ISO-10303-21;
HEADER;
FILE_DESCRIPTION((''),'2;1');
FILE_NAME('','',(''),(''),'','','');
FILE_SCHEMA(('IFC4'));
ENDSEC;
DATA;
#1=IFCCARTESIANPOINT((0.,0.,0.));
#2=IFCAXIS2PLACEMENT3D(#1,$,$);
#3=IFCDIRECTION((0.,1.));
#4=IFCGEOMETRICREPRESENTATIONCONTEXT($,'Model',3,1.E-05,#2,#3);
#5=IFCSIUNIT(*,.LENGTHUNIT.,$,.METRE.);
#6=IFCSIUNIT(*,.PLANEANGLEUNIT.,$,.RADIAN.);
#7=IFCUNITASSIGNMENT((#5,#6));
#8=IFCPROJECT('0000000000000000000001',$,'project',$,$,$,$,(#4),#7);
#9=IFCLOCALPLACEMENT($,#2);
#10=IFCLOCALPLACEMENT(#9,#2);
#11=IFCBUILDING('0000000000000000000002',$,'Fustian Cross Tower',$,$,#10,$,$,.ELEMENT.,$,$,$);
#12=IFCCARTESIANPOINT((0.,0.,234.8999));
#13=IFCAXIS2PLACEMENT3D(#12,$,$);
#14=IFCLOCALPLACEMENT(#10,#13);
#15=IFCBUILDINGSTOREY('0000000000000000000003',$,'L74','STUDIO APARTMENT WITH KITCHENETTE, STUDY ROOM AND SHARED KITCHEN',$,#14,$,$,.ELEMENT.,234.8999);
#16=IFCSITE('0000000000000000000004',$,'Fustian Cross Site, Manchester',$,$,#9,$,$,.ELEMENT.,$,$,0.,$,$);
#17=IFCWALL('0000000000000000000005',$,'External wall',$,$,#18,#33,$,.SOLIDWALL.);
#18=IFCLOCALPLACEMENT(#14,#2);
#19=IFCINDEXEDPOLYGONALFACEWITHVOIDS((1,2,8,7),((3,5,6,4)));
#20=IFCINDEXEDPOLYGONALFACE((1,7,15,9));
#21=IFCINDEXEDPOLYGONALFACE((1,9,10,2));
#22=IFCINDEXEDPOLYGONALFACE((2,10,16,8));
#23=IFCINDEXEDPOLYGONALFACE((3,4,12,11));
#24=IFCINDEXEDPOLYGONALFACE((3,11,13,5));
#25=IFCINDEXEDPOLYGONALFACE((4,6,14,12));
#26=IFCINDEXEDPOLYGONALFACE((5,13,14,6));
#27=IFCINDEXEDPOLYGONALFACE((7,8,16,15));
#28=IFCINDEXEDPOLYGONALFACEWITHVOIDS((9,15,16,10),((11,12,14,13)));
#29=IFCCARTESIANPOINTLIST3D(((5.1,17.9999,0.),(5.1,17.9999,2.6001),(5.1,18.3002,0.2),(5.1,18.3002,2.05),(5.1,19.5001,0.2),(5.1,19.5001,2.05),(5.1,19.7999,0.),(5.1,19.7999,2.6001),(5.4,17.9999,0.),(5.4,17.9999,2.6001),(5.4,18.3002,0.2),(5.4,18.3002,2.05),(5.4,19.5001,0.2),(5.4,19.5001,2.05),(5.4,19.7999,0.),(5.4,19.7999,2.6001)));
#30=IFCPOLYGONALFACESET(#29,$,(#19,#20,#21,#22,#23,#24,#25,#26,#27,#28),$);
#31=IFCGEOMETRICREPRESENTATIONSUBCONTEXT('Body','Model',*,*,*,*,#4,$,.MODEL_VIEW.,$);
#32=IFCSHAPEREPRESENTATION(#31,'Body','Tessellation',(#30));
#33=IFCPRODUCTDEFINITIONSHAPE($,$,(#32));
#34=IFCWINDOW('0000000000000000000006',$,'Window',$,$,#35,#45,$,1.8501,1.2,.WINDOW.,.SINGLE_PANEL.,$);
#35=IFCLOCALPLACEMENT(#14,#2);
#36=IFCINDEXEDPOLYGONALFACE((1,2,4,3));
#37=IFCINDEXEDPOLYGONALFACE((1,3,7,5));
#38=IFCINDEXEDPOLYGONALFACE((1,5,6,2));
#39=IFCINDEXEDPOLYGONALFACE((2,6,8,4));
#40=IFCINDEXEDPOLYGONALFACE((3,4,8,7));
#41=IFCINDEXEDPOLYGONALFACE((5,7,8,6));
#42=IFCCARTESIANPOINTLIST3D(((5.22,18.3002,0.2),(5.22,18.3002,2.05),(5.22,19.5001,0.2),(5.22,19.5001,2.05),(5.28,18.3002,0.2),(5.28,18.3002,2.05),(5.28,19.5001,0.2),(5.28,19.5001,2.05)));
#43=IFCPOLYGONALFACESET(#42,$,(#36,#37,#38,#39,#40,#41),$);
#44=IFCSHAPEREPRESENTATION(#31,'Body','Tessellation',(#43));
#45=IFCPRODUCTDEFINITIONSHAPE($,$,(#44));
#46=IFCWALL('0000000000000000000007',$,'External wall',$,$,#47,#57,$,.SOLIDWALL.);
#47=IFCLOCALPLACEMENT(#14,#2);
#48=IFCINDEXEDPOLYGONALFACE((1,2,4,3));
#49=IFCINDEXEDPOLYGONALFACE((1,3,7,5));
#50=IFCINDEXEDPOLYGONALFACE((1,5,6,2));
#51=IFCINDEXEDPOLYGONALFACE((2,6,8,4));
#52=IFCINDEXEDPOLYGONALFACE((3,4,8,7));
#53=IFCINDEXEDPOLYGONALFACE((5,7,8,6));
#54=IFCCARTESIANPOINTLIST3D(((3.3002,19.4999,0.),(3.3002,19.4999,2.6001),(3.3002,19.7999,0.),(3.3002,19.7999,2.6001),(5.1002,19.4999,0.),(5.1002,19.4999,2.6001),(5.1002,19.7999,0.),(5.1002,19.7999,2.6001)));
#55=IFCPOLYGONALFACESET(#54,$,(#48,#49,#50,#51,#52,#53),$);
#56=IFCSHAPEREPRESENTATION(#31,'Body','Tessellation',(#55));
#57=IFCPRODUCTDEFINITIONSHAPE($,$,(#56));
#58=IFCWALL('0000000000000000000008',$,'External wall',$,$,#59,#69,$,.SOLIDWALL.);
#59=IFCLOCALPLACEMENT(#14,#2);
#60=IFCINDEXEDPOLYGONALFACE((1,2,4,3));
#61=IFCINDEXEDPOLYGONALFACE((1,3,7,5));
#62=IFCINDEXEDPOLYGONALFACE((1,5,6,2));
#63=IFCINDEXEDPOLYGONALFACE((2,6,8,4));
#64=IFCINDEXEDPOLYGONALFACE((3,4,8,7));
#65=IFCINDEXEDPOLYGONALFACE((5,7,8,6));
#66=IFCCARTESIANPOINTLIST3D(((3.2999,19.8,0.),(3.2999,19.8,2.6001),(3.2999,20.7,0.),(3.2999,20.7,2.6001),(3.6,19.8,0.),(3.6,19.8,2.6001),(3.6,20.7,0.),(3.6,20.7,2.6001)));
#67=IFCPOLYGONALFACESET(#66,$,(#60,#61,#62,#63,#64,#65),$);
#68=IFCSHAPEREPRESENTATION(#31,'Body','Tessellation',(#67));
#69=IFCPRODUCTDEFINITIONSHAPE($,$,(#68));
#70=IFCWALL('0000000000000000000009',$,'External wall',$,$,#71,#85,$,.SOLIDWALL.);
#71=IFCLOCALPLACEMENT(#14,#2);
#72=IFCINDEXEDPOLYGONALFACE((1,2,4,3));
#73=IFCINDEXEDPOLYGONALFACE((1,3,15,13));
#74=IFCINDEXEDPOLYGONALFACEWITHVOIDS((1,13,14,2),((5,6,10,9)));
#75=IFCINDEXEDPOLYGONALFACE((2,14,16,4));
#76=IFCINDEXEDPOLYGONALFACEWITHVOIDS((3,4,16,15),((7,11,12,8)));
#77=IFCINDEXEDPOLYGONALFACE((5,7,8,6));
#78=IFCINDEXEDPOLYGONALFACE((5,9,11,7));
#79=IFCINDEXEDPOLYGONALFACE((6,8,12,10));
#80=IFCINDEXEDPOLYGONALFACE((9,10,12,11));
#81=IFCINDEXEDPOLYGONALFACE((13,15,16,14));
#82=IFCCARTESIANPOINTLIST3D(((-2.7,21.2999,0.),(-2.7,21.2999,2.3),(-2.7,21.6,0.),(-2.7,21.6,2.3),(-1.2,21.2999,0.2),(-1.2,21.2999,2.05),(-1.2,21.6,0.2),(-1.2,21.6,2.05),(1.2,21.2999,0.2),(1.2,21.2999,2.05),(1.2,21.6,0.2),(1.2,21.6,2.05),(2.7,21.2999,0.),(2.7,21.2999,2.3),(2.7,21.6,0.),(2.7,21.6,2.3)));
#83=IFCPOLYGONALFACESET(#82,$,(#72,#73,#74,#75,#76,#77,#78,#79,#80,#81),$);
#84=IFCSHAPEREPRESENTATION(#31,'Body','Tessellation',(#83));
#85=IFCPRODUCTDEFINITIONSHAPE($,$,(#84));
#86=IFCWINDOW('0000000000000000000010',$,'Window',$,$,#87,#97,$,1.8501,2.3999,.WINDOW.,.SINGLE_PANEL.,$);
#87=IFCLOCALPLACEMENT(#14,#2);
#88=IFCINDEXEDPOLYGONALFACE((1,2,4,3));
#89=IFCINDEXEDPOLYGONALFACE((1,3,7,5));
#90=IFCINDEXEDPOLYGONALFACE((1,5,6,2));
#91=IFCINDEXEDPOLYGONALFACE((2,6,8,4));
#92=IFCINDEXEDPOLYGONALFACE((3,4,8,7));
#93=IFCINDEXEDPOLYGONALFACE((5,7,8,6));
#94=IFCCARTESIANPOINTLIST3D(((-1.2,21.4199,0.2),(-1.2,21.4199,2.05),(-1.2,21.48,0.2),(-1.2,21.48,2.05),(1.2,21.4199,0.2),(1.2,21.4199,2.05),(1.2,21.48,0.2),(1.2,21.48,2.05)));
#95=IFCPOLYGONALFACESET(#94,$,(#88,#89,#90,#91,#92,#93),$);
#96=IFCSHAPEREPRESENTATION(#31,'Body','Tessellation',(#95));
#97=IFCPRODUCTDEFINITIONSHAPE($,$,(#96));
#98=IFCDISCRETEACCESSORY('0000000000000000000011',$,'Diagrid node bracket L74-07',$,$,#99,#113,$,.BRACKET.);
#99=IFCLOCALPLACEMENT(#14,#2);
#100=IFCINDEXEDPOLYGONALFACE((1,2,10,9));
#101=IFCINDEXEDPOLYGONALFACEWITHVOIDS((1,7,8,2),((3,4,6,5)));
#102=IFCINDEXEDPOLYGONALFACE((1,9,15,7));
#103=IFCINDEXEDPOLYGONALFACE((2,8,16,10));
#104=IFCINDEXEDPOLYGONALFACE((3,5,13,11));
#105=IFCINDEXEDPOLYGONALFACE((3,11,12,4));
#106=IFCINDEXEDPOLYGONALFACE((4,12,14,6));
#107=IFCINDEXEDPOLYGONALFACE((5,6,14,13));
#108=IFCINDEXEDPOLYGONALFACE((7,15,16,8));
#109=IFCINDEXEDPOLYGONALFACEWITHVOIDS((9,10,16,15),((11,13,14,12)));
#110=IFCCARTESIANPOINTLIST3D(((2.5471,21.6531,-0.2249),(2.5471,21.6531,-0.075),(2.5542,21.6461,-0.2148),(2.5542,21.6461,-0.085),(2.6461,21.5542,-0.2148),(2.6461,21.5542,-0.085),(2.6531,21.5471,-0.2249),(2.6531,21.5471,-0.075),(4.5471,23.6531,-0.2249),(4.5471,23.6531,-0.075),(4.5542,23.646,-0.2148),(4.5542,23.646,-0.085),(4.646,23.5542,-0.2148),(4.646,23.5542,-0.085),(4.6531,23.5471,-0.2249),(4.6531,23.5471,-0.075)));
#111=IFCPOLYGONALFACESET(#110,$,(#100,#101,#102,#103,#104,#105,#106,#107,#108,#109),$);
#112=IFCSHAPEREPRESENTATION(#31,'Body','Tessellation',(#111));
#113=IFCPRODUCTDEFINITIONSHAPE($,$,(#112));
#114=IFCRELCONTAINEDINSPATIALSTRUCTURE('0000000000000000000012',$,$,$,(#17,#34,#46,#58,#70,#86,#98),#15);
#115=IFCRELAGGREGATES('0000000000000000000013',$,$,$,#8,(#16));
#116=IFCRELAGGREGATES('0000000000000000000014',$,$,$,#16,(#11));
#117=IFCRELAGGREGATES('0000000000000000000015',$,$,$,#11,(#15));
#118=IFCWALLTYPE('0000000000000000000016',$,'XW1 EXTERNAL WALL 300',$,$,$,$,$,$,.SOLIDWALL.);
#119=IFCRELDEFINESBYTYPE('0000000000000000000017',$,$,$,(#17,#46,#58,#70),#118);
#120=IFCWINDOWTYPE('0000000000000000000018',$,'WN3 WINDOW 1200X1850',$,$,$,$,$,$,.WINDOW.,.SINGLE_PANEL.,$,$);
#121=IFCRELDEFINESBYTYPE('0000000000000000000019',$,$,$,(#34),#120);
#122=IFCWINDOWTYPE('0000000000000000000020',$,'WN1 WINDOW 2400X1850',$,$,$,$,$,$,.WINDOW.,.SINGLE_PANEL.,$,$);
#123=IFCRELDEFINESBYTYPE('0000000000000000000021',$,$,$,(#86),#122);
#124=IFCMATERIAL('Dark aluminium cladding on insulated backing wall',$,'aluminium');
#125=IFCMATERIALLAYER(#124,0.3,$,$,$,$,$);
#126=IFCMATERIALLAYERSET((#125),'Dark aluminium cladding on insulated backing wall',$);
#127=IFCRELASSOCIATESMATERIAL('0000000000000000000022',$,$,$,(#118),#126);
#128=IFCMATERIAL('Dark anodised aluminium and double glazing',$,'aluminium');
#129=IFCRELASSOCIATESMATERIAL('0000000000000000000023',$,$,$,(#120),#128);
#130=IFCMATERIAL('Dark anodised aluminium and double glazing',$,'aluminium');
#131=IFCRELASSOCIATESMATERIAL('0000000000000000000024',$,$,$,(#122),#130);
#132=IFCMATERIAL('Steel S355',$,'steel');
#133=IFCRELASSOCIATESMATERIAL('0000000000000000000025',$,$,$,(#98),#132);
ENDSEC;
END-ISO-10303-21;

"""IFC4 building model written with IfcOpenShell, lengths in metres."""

from ifc_helpers import new_model, si_unit, direction, frame, frame_2d, origin, origin_2d, place, context, subcontext, project, spatial, rectangle, hollow_rectangle, extrude, material, layer, layer_set, type_object, element, fill, save


model = new_model("IFC4")

# Units and contexts
model_context = context("Model", 3, precision=1e-05, world=origin(), true_north=direction((0.0, 1.0)))
body_context = subcontext(model_context, "Body", "Model", "MODEL_VIEW")
ifc_project = project(units=[si_unit("LENGTHUNIT", "METRE"), si_unit("PLANEANGLEUNIT", "RADIAN")], contexts=[model_context])

# Site, building, storey
site_placement = place(None, origin())
site = spatial("IfcSite", under=ifc_project, at=site_placement, Name="Fustian Cross Site, Manchester", CompositionType="ELEMENT", RefElevation=0.0)
building_placement = place(site_placement, origin())
building = spatial("IfcBuilding", under=site, at=building_placement, Name="Fustian Cross Tower", CompositionType="ELEMENT")
storey_placement = place(building_placement, frame((0.0, 0.0, 234.8999)))
storey = spatial("IfcBuildingStorey", under=building, at=storey_placement, Name="L74", Description="STUDIO APARTMENT WITH KITCHENETTE, STUDY ROOM AND SHARED KITCHEN", CompositionType="ELEMENT", Elevation=234.8999)

# Shared definitions
ifc_material_1 = material(Name="Dark aluminium cladding on insulated backing wall", Category="aluminium")
ifc_layer_1 = layer(ifc_material_1, 0.3)
ifc_layer_set_1 = layer_set([ifc_layer_1], Name="Dark aluminium cladding on insulated backing wall")
wall_type_1 = type_object("IfcWallType", Name="XW1 EXTERNAL WALL 300", PredefinedType="SOLIDWALL", material=ifc_layer_set_1)

# Shared definitions
ifc_material_2 = material(Name="Dark anodised aluminium and double glazing", Category="aluminium")
window_type_1 = type_object("IfcWindowType", Name="WN3 WINDOW 1200X1850", PartitioningType="SINGLE_PANEL", PredefinedType="WINDOW", material=ifc_material_2)

# Wall, opening, window
wall_1_placement = place(storey_placement, frame((5.25, 18.0, 0.0), z_axis=(0.0, 0.0, 1.0), x_axis=(0.0, 1.0, 0.0)))
wall_1 = element("IfcWall", 1, at=wall_1_placement, inside=storey, type_object=wall_type_1, Name="External wall", PredefinedType="SOLIDWALL", context=body_context, shape_type="SweptSolid", body=[
    extrude(rectangle(XDim=1.8, YDim=0.3, at=frame_2d((0.8999, 0.0))), origin(), (0.0, 0.0, 1.0), 2.6001),
])
opening_1_placement = place(wall_1_placement, frame((0.3, 0.0, 0.2)))
opening_1 = element("IfcOpeningElement", 2, at=opening_1_placement, cuts=wall_1, PredefinedType="OPENING", context=body_context, shape_type="SweptSolid", body=[
    extrude(rectangle(XDim=1.2, YDim=1.8501, at=frame_2d((0.6001, 0.925))), frame((0.0, 0.1599, 0.0), z_axis=(0.0, -1.0, 0.0), x_axis=(1.0, 0.0, 0.0)), (0.0, 0.0, 1.0), 0.3201),
])
window_1_placement = place(opening_1_placement, origin())
window_1 = element("IfcWindow", 3, at=window_1_placement, inside=storey, type_object=window_type_1, Name="Window", OverallHeight=1.8501, OverallWidth=1.2, PartitioningType="SINGLE_PANEL", PredefinedType="WINDOW", context=body_context, shape_type="SweptSolid", body=[
    extrude(rectangle(XDim=1.2, YDim=1.8501, at=frame_2d((0.6001, 0.925))), frame((0.0, 0.03, 0.0), z_axis=(0.0, -1.0, 0.0), x_axis=(1.0, 0.0, 0.0)), (0.0, 0.0, 1.0), 0.0601),
])
fill(opening_1, window_1)

# Walls
wall_2_placement = place(storey_placement, frame((5.1001, 19.6499, 0.0), z_axis=(0.0, 0.0, 1.0), x_axis=(-1.0, 0.0, 0.0)))
element("IfcWall", 4, at=wall_2_placement, inside=storey, type_object=wall_type_1, Name="External wall", PredefinedType="SOLIDWALL", context=body_context, shape_type="SweptSolid", body=[
    extrude(rectangle(XDim=1.8, YDim=0.3, at=frame_2d((0.8999, 0.0))), origin(), (0.0, 0.0, 1.0), 2.6001),
])
wall_3_placement = place(storey_placement, frame((3.45, 19.8, 0.0), z_axis=(0.0, 0.0, 1.0), x_axis=(0.0, 1.0, 0.0)))
element("IfcWall", 5, at=wall_3_placement, inside=storey, type_object=wall_type_1, Name="External wall", PredefinedType="SOLIDWALL", context=body_context, shape_type="SweptSolid", body=[
    extrude(rectangle(XDim=0.8999, YDim=0.3, at=frame_2d((0.45, 0.0))), origin(), (0.0, 0.0, 1.0), 2.6001),
])

# Wall, opening, window
wall_4_placement = place(storey_placement, frame((2.7, 21.45, 0.0), z_axis=(0.0, 0.0, 1.0), x_axis=(-1.0, 0.0, 0.0)))
wall_4 = element("IfcWall", 6, at=wall_4_placement, inside=storey, type_object=wall_type_1, Name="External wall", PredefinedType="SOLIDWALL", context=body_context, shape_type="SweptSolid", body=[
    extrude(rectangle(XDim=5.3999, YDim=0.3, at=frame_2d((2.7, 0.0))), origin(), (0.0, 0.0, 1.0), 2.3),
])
opening_2_placement = place(wall_4_placement, frame((1.5, 0.0, 0.2)))
opening_2 = element("IfcOpeningElement", 7, at=opening_2_placement, cuts=wall_4, PredefinedType="OPENING", context=body_context, shape_type="SweptSolid", body=[
    extrude(rectangle(XDim=2.3999, YDim=1.8501, at=frame_2d((1.2, 0.925))), frame((0.0, 0.1599, 0.0), z_axis=(0.0, -1.0, 0.0), x_axis=(1.0, 0.0, 0.0)), (0.0, 0.0, 1.0), 0.3201),
])
ifc_material_3 = material(Name="Dark anodised aluminium and double glazing", Category="aluminium")
window_type_2 = type_object("IfcWindowType", Name="WN1 WINDOW 2400X1850", PartitioningType="SINGLE_PANEL", PredefinedType="WINDOW", material=ifc_material_3)
window_2_placement = place(opening_2_placement, origin())
window_2 = element("IfcWindow", 8, at=window_2_placement, inside=storey, type_object=window_type_2, Name="Window", OverallHeight=1.8501, OverallWidth=2.3999, PartitioningType="SINGLE_PANEL", PredefinedType="WINDOW", context=body_context, shape_type="SweptSolid", body=[
    extrude(rectangle(XDim=2.3999, YDim=1.8501, at=frame_2d((1.2, 0.925))), frame((0.0, 0.03, 0.0), z_axis=(0.0, -1.0, 0.0), x_axis=(1.0, 0.0, 0.0)), (0.0, 0.0, 1.0), 0.0601),
])
fill(opening_2, window_2)

# Discrete accessory
ifc_material_4 = material(Name="Steel S355", Category="steel")
discrete_accessory_placement = place(storey_placement, frame((4.6001, 23.6001, -0.1499), z_axis=(-0.707107, -0.707107, 0.0), x_axis=(0.707107, -0.707107, 0.0)))
element("IfcDiscreteAccessory", 9, at=discrete_accessory_placement, inside=storey, material=ifc_material_4, Name="Diagrid node bracket L74-07", PredefinedType="BRACKET", context=body_context, shape_type="SweptSolid", body=[
    extrude(hollow_rectangle(XDim=0.1499, YDim=0.1499, WallThickness=0.01, at=origin_2d()), origin(), (0.0, 0.0, 1.0), 2.8284),
])

save(model, "model.ifc")
